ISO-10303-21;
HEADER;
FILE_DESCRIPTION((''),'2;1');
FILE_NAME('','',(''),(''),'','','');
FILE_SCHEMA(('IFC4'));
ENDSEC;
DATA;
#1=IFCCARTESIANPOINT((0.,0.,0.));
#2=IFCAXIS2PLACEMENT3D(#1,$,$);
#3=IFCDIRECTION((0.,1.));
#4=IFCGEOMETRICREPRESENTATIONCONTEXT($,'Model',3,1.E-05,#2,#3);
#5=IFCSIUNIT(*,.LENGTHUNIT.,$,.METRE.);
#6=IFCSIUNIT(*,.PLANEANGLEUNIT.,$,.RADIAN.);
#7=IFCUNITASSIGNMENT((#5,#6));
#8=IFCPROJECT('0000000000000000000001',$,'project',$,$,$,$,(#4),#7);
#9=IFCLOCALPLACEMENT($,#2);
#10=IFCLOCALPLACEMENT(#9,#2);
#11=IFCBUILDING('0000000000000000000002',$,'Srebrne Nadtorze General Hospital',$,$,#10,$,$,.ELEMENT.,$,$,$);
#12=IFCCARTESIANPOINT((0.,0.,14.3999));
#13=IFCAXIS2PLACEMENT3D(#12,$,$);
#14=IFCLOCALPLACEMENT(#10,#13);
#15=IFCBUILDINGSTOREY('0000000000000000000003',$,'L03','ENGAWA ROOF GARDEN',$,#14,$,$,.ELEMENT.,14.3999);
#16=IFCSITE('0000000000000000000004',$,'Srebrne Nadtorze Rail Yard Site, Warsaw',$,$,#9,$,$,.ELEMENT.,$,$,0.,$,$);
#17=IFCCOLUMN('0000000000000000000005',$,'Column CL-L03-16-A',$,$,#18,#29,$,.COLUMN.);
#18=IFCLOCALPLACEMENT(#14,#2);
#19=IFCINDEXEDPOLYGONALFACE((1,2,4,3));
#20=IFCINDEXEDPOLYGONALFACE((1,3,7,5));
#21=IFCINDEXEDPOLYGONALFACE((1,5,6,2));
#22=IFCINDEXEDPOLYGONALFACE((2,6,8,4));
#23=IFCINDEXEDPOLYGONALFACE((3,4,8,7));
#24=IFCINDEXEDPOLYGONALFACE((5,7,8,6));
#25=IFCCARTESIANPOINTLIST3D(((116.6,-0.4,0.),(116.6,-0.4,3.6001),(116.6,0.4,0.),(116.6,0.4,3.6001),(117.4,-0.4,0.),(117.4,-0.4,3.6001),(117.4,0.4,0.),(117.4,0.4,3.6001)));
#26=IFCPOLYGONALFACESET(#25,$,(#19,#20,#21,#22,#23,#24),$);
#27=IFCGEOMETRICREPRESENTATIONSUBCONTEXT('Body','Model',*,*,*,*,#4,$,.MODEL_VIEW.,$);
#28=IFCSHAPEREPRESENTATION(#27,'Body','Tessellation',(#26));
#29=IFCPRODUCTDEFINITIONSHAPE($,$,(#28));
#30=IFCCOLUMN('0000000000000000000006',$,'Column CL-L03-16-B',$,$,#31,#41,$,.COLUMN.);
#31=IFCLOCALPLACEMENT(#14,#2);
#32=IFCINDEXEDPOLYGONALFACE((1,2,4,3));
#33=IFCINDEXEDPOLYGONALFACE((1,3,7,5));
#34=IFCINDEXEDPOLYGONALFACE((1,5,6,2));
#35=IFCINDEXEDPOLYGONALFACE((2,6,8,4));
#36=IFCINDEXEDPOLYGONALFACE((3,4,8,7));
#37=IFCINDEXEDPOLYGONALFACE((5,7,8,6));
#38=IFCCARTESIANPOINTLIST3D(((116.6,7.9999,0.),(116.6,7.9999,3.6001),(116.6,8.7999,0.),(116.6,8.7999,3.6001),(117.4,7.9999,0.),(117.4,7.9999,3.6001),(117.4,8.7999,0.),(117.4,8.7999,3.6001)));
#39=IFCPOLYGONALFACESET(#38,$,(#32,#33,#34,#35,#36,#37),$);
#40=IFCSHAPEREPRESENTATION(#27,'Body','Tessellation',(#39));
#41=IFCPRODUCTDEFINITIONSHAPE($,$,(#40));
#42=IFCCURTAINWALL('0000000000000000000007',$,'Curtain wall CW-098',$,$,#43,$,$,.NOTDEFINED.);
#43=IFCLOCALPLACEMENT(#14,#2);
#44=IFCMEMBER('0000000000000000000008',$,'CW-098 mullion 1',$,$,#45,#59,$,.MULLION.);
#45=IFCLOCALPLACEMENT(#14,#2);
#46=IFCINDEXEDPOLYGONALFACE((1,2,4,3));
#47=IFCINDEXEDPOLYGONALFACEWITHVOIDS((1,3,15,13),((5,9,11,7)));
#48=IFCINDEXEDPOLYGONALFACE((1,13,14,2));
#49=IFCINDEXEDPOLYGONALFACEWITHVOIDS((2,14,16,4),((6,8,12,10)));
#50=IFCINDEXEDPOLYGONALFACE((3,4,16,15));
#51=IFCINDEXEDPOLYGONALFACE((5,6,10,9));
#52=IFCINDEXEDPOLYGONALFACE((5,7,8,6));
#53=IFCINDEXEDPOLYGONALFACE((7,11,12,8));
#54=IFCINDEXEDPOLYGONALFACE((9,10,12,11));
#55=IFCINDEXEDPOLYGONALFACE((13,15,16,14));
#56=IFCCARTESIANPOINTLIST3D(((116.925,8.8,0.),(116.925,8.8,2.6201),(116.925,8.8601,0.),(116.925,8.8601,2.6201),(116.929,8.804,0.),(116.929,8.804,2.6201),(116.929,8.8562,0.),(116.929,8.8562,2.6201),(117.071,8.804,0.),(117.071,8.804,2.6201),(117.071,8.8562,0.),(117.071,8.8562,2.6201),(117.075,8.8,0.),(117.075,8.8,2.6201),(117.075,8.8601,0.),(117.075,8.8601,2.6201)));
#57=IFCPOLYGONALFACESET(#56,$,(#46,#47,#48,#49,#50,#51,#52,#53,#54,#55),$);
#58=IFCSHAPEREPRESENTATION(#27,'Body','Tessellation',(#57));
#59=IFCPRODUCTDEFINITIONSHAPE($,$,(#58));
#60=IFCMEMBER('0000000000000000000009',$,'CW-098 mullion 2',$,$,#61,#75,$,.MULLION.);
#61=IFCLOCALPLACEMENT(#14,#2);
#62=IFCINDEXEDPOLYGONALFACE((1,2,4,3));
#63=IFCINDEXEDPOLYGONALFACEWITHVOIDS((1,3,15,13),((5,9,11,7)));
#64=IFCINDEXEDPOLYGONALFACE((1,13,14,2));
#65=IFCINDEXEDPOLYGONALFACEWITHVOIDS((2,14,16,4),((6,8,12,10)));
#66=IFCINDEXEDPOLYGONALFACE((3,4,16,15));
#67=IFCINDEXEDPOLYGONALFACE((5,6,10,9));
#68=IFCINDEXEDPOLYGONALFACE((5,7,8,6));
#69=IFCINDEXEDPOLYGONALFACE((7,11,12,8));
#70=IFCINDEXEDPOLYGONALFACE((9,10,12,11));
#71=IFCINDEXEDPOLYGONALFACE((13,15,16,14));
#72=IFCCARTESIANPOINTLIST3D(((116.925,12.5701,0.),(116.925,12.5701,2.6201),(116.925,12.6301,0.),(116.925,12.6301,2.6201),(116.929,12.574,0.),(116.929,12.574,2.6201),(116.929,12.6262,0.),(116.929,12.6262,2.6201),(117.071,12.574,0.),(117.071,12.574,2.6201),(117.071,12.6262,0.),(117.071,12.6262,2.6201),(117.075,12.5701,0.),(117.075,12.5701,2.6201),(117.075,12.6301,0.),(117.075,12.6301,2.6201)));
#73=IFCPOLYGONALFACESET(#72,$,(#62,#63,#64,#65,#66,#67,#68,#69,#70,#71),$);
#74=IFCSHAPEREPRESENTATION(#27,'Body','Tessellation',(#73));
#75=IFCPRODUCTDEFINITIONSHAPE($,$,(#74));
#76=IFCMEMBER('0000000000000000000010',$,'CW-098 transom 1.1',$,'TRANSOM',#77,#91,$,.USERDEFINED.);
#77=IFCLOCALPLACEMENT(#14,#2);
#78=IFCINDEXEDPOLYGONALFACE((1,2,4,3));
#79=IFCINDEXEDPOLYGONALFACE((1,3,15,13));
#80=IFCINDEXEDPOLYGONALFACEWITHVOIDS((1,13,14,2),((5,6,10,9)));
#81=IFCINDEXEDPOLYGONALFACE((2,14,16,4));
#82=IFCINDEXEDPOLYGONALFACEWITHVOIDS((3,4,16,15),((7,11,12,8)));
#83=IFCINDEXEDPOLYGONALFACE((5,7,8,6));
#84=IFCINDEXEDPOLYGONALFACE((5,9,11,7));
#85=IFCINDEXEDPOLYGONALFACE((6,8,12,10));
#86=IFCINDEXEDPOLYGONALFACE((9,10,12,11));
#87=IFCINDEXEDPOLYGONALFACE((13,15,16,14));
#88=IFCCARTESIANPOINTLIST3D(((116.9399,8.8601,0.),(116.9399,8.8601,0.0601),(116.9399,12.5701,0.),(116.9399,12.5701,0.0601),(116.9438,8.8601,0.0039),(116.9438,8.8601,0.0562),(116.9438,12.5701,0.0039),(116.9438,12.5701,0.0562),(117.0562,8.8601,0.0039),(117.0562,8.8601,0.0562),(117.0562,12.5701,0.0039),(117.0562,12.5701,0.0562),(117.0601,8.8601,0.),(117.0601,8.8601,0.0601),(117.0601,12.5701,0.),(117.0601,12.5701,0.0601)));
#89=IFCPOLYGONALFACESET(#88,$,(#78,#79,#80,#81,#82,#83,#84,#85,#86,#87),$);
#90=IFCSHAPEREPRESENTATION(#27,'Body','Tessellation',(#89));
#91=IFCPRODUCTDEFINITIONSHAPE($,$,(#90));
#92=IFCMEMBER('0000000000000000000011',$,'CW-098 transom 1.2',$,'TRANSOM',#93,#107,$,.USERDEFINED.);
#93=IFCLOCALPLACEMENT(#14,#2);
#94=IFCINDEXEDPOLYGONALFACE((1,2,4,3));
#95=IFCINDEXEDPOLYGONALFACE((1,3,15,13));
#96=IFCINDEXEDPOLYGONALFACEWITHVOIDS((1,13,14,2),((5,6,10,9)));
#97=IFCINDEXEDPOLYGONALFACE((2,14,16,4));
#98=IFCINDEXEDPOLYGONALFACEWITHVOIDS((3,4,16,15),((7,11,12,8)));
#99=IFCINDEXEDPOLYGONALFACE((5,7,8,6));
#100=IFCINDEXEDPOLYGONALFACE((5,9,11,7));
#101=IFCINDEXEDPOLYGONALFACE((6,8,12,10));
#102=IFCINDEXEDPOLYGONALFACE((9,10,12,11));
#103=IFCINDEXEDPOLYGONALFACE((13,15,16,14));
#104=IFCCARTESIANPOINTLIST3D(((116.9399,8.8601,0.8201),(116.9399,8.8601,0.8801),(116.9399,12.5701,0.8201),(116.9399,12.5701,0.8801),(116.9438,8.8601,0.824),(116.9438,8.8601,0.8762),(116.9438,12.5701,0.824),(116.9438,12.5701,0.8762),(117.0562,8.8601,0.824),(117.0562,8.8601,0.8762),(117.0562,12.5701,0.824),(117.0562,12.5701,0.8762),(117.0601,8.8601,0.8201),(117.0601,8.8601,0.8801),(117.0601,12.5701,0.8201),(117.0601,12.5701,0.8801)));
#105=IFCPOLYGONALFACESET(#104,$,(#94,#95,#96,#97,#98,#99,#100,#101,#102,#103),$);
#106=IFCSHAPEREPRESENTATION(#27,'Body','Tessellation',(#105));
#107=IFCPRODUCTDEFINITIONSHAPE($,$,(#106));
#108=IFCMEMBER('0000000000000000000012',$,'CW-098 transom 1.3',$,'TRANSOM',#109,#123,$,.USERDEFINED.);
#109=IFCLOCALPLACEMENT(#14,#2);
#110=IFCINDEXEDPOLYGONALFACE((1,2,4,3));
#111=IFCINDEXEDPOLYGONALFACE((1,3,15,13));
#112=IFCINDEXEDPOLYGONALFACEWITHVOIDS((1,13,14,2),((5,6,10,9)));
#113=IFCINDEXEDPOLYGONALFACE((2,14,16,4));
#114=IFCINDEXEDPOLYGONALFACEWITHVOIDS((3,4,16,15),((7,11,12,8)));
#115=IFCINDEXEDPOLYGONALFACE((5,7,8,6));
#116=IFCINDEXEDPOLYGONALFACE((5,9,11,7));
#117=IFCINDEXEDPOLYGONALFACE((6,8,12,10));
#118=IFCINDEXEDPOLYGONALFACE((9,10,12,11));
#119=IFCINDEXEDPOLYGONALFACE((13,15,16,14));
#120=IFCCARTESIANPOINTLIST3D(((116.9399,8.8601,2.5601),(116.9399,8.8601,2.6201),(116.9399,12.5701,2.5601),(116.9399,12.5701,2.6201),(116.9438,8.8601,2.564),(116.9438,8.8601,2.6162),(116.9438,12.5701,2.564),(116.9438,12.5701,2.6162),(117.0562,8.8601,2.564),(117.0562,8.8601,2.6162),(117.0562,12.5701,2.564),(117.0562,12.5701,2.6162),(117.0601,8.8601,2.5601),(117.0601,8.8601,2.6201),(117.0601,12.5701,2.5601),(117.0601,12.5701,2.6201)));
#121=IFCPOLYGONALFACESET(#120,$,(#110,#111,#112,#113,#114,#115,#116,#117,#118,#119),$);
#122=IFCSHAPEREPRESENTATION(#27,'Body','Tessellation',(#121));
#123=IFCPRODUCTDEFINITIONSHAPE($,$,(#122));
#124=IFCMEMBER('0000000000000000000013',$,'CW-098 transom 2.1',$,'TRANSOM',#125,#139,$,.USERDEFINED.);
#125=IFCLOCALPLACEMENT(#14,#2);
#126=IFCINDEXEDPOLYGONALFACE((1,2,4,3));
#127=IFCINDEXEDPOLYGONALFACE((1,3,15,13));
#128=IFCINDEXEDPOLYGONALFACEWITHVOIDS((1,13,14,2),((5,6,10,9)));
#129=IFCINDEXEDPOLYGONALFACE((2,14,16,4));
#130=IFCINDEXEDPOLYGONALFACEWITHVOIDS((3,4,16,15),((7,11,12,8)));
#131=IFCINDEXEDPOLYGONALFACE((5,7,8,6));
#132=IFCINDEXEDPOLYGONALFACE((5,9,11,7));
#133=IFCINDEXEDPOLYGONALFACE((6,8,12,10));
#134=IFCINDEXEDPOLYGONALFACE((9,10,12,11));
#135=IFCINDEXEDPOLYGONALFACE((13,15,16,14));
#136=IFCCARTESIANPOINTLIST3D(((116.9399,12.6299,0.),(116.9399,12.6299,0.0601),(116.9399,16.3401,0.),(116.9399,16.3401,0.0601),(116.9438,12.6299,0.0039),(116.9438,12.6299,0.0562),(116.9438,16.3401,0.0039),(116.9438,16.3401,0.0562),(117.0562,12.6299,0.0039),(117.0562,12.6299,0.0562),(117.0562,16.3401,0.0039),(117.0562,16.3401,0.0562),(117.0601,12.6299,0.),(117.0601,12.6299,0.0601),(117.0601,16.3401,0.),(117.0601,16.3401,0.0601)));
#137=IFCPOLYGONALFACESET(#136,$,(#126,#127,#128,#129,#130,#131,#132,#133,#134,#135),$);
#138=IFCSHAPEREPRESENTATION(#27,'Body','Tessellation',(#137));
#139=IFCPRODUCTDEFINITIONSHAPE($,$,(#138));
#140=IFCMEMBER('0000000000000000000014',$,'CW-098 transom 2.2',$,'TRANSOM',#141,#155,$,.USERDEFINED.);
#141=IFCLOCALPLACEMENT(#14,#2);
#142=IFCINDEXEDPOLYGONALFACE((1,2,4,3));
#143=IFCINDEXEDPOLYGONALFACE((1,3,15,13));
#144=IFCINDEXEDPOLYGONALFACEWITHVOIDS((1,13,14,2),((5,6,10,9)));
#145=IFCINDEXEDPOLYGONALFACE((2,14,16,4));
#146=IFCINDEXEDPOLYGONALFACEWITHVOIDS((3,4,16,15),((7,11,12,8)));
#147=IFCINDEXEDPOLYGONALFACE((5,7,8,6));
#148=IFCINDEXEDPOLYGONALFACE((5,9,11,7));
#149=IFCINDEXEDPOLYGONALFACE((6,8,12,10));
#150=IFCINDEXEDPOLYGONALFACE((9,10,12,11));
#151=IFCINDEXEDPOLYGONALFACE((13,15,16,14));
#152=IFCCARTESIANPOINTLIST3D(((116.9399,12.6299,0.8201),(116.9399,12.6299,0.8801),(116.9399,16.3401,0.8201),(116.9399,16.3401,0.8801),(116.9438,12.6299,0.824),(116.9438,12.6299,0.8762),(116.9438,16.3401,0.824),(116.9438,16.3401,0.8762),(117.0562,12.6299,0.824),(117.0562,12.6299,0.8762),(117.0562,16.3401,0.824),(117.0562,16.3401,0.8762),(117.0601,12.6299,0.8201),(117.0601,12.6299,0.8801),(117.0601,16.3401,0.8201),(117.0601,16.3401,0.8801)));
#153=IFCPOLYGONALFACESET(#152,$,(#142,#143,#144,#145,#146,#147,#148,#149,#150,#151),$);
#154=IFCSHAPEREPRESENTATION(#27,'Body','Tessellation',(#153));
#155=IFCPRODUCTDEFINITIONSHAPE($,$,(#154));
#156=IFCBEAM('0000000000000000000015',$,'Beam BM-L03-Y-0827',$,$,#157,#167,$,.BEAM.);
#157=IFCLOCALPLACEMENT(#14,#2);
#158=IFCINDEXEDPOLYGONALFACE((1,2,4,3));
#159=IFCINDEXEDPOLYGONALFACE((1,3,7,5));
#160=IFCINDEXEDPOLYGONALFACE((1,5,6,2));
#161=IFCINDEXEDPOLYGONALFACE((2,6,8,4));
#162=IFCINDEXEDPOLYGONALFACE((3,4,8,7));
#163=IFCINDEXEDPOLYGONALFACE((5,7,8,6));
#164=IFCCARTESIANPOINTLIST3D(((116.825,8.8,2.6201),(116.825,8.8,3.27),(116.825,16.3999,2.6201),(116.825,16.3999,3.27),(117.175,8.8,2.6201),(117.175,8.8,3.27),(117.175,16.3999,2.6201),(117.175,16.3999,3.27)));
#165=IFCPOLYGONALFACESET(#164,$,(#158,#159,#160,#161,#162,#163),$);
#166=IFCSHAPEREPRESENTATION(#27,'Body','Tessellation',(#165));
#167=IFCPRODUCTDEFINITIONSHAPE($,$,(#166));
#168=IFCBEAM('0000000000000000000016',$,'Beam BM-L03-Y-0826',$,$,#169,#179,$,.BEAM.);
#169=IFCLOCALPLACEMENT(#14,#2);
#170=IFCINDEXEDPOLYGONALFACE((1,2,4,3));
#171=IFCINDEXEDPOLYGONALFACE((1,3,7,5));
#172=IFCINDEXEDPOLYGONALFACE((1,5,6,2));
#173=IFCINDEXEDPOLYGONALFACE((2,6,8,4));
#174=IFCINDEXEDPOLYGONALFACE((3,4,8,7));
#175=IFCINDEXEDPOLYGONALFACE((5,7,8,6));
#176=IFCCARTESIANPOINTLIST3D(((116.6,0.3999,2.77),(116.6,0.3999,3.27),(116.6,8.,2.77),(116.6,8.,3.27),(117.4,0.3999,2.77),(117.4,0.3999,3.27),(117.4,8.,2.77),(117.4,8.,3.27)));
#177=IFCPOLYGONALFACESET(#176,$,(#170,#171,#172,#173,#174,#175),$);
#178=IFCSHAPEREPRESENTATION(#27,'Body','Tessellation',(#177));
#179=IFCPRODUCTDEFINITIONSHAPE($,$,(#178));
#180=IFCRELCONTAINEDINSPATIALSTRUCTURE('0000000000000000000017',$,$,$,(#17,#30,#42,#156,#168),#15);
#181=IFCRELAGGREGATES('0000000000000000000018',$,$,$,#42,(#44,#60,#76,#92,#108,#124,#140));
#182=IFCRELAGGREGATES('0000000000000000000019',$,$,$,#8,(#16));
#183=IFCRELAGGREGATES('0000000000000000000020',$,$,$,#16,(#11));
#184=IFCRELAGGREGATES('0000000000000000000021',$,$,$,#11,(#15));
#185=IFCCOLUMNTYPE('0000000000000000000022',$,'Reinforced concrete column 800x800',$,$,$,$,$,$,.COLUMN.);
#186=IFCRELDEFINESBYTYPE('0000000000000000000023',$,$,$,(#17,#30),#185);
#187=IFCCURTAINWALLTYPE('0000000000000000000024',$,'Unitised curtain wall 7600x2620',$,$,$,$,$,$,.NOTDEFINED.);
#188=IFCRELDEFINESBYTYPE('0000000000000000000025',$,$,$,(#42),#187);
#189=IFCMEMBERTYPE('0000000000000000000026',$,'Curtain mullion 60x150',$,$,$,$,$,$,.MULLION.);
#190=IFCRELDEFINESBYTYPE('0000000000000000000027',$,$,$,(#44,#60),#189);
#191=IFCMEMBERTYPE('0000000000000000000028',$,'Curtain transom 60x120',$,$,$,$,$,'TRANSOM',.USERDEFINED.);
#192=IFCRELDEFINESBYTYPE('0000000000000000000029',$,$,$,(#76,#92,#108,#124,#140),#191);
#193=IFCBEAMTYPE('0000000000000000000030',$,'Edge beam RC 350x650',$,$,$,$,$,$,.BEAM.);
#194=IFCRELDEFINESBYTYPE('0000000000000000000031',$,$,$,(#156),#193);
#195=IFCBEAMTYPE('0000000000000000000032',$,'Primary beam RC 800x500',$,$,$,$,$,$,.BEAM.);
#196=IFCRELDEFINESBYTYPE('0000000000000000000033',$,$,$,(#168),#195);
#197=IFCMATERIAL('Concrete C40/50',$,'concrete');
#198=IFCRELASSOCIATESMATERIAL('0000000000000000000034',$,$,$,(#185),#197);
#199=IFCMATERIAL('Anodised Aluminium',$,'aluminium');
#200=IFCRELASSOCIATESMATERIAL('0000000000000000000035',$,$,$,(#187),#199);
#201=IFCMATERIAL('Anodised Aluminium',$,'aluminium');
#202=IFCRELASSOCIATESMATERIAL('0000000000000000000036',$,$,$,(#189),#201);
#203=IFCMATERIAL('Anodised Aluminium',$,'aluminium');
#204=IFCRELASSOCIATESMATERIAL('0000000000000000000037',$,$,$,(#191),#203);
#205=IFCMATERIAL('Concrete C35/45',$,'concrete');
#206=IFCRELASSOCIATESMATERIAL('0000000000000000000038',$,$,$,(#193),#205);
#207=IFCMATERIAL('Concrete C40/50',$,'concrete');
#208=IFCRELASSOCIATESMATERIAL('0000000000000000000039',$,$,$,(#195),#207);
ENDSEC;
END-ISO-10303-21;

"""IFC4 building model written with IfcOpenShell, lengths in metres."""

from ifc_helpers import new_model, si_unit, direction, frame, origin, origin_2d, place, context, subcontext, project, spatial, rectangle, hollow_rectangle, extrude, material, material_profile, profile_set, type_object, element, aggregate, save


model = new_model("IFC4")

# Units and contexts
model_context = context("Model", 3, precision=1e-05, world=origin(), true_north=direction((0.0, 1.0)))
body_context = subcontext(model_context, "Body", "Model", "MODEL_VIEW")
ifc_project = project(units=[si_unit("LENGTHUNIT", "METRE"), si_unit("PLANEANGLEUNIT", "RADIAN")], contexts=[model_context])

# Site, building, storey
site_placement = place(None, origin())
site = spatial("IfcSite", under=ifc_project, at=site_placement, Name="Srebrne Nadtorze Rail Yard Site, Warsaw", CompositionType="ELEMENT", RefElevation=0.0)
building_placement = place(site_placement, origin())
building = spatial("IfcBuilding", under=site, at=building_placement, Name="Srebrne Nadtorze General Hospital", CompositionType="ELEMENT")
storey_placement = place(building_placement, frame((0.0, 0.0, 14.3999)))
storey = spatial("IfcBuildingStorey", under=building, at=storey_placement, Name="L03", Description="ENGAWA ROOF GARDEN", CompositionType="ELEMENT", Elevation=14.3999)

# Columns
ifc_material_1 = material(Name="Concrete C40/50", Category="concrete")
ifc_material_profile_1 = material_profile(ifc_material_1, rectangle(XDim=0.8, YDim=0.8, at=origin_2d()), Name="RC-COL-800x800")
ifc_profile_set_1 = profile_set([ifc_material_profile_1], Name="Concrete C40/50")
column_type = type_object("IfcColumnType", Name="Reinforced concrete column 800x800", PredefinedType="COLUMN", material=ifc_profile_set_1)
for number, where, z_axis, x_axis, name in (
    (1, (117.0, 0.0, 0.0), (0.0, 0.0, 1.0), (1.0, 0.0, 0.0), "Column CL-L03-16-A"),
    (2, (117.0, 8.3999, 0.0), (0.0, 0.0, 1.0), (1.0, 0.0, 0.0), "Column CL-L03-16-B"),
):
    element("IfcColumn", number, at=place(storey_placement, frame(where, z_axis=z_axis, x_axis=x_axis)), inside=storey, type_object=column_type, Name=name, PredefinedType="COLUMN", context=body_context, shape_type="SweptSolid", body=[
        extrude(rectangle(XDim=0.8, YDim=0.8, at=origin_2d()), origin(), (0.0, 0.0, 1.0), 3.6001),
    ])

# Curtain wall, members
ifc_material_2 = material(Name="Anodised Aluminium", Category="aluminium")
curtain_wall_type = type_object("IfcCurtainWallType", Name="Unitised curtain wall 7600x2620", PredefinedType="NOTDEFINED", material=ifc_material_2)
curtain_wall_placement = place(storey_placement, origin())
curtain_wall = element("IfcCurtainWall", 3, at=curtain_wall_placement, inside=storey, type_object=curtain_wall_type, Name="Curtain wall CW-098", PredefinedType="NOTDEFINED")
ifc_material_3 = material(Name="Anodised Aluminium", Category="aluminium")
ifc_material_profile_2 = material_profile(ifc_material_3, hollow_rectangle(XDim=0.0601, YDim=0.1499, WallThickness=0.0039, at=origin_2d()), Name="AL-MUL-60x150")
ifc_profile_set_2 = profile_set([ifc_material_profile_2], Name="Anodised Aluminium")
member_type_1 = type_object("IfcMemberType", Name="Curtain mullion 60x150", PredefinedType="MULLION", material=ifc_profile_set_2)
member_1_placement = place(storey_placement, frame((117.0, 8.8301, 0.0), z_axis=(0.0, 0.0, 1.0), x_axis=(0.0, 1.0, 0.0)))
member_1 = element("IfcMember", 4, at=member_1_placement, type_object=member_type_1, Name="CW-098 mullion 1", PredefinedType="MULLION", context=body_context, shape_type="SweptSolid", body=[
    extrude(hollow_rectangle(XDim=0.0601, YDim=0.1499, WallThickness=0.0039, at=origin_2d()), origin(), (0.0, 0.0, 1.0), 2.6201),
])
member_2_placement = place(storey_placement, frame((117.0, 12.6001, 0.0), z_axis=(0.0, 0.0, 1.0), x_axis=(0.0, 1.0, 0.0)))
member_2 = element("IfcMember", 5, at=member_2_placement, type_object=member_type_1, Name="CW-098 mullion 2", PredefinedType="MULLION", context=body_context, shape_type="SweptSolid", body=[
    extrude(hollow_rectangle(XDim=0.0601, YDim=0.1499, WallThickness=0.0039, at=origin_2d()), origin(), (0.0, 0.0, 1.0), 2.6201),
])
ifc_material_4 = material(Name="Anodised Aluminium", Category="aluminium")
ifc_material_profile_3 = material_profile(ifc_material_4, hollow_rectangle(XDim=0.0601, YDim=0.1201, WallThickness=0.0039, at=origin_2d()), Name="AL-TRN-60x120")
ifc_profile_set_3 = profile_set([ifc_material_profile_3], Name="Anodised Aluminium")
member_type_2 = type_object("IfcMemberType", Name="Curtain transom 60x120", ElementType="TRANSOM", PredefinedType="USERDEFINED", material=ifc_profile_set_3)
member_3_placement = place(storey_placement, frame((117.0, 8.8601, 0.03), z_axis=(0.0, 1.0, 0.0), x_axis=(0.0, 0.0, 1.0)))
member_3 = element("IfcMember", 6, at=member_3_placement, type_object=member_type_2, Name="CW-098 transom 1.1", ObjectType="TRANSOM", PredefinedType="USERDEFINED", context=body_context, shape_type="SweptSolid", body=[
    extrude(hollow_rectangle(XDim=0.0601, YDim=0.1201, WallThickness=0.0039, at=origin_2d()), origin(), (0.0, 0.0, 1.0), 3.71),
])
member_4_placement = place(storey_placement, frame((117.0, 8.8601, 0.8501), z_axis=(0.0, 1.0, 0.0), x_axis=(0.0, 0.0, 1.0)))
member_4 = element("IfcMember", 7, at=member_4_placement, type_object=member_type_2, Name="CW-098 transom 1.2", ObjectType="TRANSOM", PredefinedType="USERDEFINED", context=body_context, shape_type="SweptSolid", body=[
    extrude(hollow_rectangle(XDim=0.0601, YDim=0.1201, WallThickness=0.0039, at=origin_2d()), origin(), (0.0, 0.0, 1.0), 3.71),
])
member_5_placement = place(storey_placement, frame((117.0, 8.8601, 2.5901), z_axis=(0.0, 1.0, 0.0), x_axis=(0.0, 0.0, 1.0)))
member_5 = element("IfcMember", 8, at=member_5_placement, type_object=member_type_2, Name="CW-098 transom 1.3", ObjectType="TRANSOM", PredefinedType="USERDEFINED", context=body_context, shape_type="SweptSolid", body=[
    extrude(hollow_rectangle(XDim=0.0601, YDim=0.1201, WallThickness=0.0039, at=origin_2d()), origin(), (0.0, 0.0, 1.0), 3.71),
])
member_6_placement = place(storey_placement, frame((117.0, 12.6299, 0.03), z_axis=(0.0, 1.0, 0.0), x_axis=(0.0, 0.0, 1.0)))
member_6 = element("IfcMember", 9, at=member_6_placement, type_object=member_type_2, Name="CW-098 transom 2.1", ObjectType="TRANSOM", PredefinedType="USERDEFINED", context=body_context, shape_type="SweptSolid", body=[
    extrude(hollow_rectangle(XDim=0.0601, YDim=0.1201, WallThickness=0.0039, at=origin_2d()), origin(), (0.0, 0.0, 1.0), 3.7102),
])
member_7_placement = place(storey_placement, frame((117.0, 12.6299, 0.8501), z_axis=(0.0, 1.0, 0.0), x_axis=(0.0, 0.0, 1.0)))
member_7 = element("IfcMember", 10, at=member_7_placement, type_object=member_type_2, Name="CW-098 transom 2.2", ObjectType="TRANSOM", PredefinedType="USERDEFINED", context=body_context, shape_type="SweptSolid", body=[
    extrude(hollow_rectangle(XDim=0.0601, YDim=0.1201, WallThickness=0.0039, at=origin_2d()), origin(), (0.0, 0.0, 1.0), 3.7102),
])

# Beams
ifc_material_5 = material(Name="Concrete C35/45", Category="concrete")
ifc_material_profile_4 = material_profile(ifc_material_5, rectangle(XDim=0.3501, YDim=0.6499, at=origin_2d()), Name="RC-BM-350x650")
ifc_profile_set_4 = profile_set([ifc_material_profile_4], Name="Concrete C35/45")
beam_type_1 = type_object("IfcBeamType", Name="Edge beam RC 350x650", PredefinedType="BEAM", material=ifc_profile_set_4)
beam_1_placement = place(storey_placement, frame((117.0, 8.8, 2.9451), z_axis=(0.0, 1.0, 0.0), x_axis=(-1.0, 0.0, 0.0)))
element("IfcBeam", 11, at=beam_1_placement, inside=storey, type_object=beam_type_1, Name="Beam BM-L03-Y-0827", PredefinedType="BEAM", context=body_context, shape_type="SweptSolid", body=[
    extrude(rectangle(XDim=0.3501, YDim=0.6499, at=origin_2d()), origin(), (0.0, 0.0, 1.0), 7.5999),
])
ifc_material_6 = material(Name="Concrete C40/50", Category="concrete")
ifc_material_profile_5 = material_profile(ifc_material_6, rectangle(XDim=0.8, YDim=0.5, at=origin_2d()), Name="RC-BM-800x500")
ifc_profile_set_5 = profile_set([ifc_material_profile_5], Name="Concrete C40/50")
beam_type_2 = type_object("IfcBeamType", Name="Primary beam RC 800x500", PredefinedType="BEAM", material=ifc_profile_set_5)
beam_2_placement = place(storey_placement, frame((117.0, 0.3999, 3.02), z_axis=(0.0, 1.0, 0.0), x_axis=(-1.0, 0.0, 0.0)))
element("IfcBeam", 12, at=beam_2_placement, inside=storey, type_object=beam_type_2, Name="Beam BM-L03-Y-0826", PredefinedType="BEAM", context=body_context, shape_type="SweptSolid", body=[
    extrude(rectangle(XDim=0.8, YDim=0.5, at=origin_2d()), origin(), (0.0, 0.0, 1.0), 7.6001),
])

aggregate(curtain_wall, [member_1, member_2, member_3, member_4, member_5, member_6, member_7])

save(model, "model.ifc")
